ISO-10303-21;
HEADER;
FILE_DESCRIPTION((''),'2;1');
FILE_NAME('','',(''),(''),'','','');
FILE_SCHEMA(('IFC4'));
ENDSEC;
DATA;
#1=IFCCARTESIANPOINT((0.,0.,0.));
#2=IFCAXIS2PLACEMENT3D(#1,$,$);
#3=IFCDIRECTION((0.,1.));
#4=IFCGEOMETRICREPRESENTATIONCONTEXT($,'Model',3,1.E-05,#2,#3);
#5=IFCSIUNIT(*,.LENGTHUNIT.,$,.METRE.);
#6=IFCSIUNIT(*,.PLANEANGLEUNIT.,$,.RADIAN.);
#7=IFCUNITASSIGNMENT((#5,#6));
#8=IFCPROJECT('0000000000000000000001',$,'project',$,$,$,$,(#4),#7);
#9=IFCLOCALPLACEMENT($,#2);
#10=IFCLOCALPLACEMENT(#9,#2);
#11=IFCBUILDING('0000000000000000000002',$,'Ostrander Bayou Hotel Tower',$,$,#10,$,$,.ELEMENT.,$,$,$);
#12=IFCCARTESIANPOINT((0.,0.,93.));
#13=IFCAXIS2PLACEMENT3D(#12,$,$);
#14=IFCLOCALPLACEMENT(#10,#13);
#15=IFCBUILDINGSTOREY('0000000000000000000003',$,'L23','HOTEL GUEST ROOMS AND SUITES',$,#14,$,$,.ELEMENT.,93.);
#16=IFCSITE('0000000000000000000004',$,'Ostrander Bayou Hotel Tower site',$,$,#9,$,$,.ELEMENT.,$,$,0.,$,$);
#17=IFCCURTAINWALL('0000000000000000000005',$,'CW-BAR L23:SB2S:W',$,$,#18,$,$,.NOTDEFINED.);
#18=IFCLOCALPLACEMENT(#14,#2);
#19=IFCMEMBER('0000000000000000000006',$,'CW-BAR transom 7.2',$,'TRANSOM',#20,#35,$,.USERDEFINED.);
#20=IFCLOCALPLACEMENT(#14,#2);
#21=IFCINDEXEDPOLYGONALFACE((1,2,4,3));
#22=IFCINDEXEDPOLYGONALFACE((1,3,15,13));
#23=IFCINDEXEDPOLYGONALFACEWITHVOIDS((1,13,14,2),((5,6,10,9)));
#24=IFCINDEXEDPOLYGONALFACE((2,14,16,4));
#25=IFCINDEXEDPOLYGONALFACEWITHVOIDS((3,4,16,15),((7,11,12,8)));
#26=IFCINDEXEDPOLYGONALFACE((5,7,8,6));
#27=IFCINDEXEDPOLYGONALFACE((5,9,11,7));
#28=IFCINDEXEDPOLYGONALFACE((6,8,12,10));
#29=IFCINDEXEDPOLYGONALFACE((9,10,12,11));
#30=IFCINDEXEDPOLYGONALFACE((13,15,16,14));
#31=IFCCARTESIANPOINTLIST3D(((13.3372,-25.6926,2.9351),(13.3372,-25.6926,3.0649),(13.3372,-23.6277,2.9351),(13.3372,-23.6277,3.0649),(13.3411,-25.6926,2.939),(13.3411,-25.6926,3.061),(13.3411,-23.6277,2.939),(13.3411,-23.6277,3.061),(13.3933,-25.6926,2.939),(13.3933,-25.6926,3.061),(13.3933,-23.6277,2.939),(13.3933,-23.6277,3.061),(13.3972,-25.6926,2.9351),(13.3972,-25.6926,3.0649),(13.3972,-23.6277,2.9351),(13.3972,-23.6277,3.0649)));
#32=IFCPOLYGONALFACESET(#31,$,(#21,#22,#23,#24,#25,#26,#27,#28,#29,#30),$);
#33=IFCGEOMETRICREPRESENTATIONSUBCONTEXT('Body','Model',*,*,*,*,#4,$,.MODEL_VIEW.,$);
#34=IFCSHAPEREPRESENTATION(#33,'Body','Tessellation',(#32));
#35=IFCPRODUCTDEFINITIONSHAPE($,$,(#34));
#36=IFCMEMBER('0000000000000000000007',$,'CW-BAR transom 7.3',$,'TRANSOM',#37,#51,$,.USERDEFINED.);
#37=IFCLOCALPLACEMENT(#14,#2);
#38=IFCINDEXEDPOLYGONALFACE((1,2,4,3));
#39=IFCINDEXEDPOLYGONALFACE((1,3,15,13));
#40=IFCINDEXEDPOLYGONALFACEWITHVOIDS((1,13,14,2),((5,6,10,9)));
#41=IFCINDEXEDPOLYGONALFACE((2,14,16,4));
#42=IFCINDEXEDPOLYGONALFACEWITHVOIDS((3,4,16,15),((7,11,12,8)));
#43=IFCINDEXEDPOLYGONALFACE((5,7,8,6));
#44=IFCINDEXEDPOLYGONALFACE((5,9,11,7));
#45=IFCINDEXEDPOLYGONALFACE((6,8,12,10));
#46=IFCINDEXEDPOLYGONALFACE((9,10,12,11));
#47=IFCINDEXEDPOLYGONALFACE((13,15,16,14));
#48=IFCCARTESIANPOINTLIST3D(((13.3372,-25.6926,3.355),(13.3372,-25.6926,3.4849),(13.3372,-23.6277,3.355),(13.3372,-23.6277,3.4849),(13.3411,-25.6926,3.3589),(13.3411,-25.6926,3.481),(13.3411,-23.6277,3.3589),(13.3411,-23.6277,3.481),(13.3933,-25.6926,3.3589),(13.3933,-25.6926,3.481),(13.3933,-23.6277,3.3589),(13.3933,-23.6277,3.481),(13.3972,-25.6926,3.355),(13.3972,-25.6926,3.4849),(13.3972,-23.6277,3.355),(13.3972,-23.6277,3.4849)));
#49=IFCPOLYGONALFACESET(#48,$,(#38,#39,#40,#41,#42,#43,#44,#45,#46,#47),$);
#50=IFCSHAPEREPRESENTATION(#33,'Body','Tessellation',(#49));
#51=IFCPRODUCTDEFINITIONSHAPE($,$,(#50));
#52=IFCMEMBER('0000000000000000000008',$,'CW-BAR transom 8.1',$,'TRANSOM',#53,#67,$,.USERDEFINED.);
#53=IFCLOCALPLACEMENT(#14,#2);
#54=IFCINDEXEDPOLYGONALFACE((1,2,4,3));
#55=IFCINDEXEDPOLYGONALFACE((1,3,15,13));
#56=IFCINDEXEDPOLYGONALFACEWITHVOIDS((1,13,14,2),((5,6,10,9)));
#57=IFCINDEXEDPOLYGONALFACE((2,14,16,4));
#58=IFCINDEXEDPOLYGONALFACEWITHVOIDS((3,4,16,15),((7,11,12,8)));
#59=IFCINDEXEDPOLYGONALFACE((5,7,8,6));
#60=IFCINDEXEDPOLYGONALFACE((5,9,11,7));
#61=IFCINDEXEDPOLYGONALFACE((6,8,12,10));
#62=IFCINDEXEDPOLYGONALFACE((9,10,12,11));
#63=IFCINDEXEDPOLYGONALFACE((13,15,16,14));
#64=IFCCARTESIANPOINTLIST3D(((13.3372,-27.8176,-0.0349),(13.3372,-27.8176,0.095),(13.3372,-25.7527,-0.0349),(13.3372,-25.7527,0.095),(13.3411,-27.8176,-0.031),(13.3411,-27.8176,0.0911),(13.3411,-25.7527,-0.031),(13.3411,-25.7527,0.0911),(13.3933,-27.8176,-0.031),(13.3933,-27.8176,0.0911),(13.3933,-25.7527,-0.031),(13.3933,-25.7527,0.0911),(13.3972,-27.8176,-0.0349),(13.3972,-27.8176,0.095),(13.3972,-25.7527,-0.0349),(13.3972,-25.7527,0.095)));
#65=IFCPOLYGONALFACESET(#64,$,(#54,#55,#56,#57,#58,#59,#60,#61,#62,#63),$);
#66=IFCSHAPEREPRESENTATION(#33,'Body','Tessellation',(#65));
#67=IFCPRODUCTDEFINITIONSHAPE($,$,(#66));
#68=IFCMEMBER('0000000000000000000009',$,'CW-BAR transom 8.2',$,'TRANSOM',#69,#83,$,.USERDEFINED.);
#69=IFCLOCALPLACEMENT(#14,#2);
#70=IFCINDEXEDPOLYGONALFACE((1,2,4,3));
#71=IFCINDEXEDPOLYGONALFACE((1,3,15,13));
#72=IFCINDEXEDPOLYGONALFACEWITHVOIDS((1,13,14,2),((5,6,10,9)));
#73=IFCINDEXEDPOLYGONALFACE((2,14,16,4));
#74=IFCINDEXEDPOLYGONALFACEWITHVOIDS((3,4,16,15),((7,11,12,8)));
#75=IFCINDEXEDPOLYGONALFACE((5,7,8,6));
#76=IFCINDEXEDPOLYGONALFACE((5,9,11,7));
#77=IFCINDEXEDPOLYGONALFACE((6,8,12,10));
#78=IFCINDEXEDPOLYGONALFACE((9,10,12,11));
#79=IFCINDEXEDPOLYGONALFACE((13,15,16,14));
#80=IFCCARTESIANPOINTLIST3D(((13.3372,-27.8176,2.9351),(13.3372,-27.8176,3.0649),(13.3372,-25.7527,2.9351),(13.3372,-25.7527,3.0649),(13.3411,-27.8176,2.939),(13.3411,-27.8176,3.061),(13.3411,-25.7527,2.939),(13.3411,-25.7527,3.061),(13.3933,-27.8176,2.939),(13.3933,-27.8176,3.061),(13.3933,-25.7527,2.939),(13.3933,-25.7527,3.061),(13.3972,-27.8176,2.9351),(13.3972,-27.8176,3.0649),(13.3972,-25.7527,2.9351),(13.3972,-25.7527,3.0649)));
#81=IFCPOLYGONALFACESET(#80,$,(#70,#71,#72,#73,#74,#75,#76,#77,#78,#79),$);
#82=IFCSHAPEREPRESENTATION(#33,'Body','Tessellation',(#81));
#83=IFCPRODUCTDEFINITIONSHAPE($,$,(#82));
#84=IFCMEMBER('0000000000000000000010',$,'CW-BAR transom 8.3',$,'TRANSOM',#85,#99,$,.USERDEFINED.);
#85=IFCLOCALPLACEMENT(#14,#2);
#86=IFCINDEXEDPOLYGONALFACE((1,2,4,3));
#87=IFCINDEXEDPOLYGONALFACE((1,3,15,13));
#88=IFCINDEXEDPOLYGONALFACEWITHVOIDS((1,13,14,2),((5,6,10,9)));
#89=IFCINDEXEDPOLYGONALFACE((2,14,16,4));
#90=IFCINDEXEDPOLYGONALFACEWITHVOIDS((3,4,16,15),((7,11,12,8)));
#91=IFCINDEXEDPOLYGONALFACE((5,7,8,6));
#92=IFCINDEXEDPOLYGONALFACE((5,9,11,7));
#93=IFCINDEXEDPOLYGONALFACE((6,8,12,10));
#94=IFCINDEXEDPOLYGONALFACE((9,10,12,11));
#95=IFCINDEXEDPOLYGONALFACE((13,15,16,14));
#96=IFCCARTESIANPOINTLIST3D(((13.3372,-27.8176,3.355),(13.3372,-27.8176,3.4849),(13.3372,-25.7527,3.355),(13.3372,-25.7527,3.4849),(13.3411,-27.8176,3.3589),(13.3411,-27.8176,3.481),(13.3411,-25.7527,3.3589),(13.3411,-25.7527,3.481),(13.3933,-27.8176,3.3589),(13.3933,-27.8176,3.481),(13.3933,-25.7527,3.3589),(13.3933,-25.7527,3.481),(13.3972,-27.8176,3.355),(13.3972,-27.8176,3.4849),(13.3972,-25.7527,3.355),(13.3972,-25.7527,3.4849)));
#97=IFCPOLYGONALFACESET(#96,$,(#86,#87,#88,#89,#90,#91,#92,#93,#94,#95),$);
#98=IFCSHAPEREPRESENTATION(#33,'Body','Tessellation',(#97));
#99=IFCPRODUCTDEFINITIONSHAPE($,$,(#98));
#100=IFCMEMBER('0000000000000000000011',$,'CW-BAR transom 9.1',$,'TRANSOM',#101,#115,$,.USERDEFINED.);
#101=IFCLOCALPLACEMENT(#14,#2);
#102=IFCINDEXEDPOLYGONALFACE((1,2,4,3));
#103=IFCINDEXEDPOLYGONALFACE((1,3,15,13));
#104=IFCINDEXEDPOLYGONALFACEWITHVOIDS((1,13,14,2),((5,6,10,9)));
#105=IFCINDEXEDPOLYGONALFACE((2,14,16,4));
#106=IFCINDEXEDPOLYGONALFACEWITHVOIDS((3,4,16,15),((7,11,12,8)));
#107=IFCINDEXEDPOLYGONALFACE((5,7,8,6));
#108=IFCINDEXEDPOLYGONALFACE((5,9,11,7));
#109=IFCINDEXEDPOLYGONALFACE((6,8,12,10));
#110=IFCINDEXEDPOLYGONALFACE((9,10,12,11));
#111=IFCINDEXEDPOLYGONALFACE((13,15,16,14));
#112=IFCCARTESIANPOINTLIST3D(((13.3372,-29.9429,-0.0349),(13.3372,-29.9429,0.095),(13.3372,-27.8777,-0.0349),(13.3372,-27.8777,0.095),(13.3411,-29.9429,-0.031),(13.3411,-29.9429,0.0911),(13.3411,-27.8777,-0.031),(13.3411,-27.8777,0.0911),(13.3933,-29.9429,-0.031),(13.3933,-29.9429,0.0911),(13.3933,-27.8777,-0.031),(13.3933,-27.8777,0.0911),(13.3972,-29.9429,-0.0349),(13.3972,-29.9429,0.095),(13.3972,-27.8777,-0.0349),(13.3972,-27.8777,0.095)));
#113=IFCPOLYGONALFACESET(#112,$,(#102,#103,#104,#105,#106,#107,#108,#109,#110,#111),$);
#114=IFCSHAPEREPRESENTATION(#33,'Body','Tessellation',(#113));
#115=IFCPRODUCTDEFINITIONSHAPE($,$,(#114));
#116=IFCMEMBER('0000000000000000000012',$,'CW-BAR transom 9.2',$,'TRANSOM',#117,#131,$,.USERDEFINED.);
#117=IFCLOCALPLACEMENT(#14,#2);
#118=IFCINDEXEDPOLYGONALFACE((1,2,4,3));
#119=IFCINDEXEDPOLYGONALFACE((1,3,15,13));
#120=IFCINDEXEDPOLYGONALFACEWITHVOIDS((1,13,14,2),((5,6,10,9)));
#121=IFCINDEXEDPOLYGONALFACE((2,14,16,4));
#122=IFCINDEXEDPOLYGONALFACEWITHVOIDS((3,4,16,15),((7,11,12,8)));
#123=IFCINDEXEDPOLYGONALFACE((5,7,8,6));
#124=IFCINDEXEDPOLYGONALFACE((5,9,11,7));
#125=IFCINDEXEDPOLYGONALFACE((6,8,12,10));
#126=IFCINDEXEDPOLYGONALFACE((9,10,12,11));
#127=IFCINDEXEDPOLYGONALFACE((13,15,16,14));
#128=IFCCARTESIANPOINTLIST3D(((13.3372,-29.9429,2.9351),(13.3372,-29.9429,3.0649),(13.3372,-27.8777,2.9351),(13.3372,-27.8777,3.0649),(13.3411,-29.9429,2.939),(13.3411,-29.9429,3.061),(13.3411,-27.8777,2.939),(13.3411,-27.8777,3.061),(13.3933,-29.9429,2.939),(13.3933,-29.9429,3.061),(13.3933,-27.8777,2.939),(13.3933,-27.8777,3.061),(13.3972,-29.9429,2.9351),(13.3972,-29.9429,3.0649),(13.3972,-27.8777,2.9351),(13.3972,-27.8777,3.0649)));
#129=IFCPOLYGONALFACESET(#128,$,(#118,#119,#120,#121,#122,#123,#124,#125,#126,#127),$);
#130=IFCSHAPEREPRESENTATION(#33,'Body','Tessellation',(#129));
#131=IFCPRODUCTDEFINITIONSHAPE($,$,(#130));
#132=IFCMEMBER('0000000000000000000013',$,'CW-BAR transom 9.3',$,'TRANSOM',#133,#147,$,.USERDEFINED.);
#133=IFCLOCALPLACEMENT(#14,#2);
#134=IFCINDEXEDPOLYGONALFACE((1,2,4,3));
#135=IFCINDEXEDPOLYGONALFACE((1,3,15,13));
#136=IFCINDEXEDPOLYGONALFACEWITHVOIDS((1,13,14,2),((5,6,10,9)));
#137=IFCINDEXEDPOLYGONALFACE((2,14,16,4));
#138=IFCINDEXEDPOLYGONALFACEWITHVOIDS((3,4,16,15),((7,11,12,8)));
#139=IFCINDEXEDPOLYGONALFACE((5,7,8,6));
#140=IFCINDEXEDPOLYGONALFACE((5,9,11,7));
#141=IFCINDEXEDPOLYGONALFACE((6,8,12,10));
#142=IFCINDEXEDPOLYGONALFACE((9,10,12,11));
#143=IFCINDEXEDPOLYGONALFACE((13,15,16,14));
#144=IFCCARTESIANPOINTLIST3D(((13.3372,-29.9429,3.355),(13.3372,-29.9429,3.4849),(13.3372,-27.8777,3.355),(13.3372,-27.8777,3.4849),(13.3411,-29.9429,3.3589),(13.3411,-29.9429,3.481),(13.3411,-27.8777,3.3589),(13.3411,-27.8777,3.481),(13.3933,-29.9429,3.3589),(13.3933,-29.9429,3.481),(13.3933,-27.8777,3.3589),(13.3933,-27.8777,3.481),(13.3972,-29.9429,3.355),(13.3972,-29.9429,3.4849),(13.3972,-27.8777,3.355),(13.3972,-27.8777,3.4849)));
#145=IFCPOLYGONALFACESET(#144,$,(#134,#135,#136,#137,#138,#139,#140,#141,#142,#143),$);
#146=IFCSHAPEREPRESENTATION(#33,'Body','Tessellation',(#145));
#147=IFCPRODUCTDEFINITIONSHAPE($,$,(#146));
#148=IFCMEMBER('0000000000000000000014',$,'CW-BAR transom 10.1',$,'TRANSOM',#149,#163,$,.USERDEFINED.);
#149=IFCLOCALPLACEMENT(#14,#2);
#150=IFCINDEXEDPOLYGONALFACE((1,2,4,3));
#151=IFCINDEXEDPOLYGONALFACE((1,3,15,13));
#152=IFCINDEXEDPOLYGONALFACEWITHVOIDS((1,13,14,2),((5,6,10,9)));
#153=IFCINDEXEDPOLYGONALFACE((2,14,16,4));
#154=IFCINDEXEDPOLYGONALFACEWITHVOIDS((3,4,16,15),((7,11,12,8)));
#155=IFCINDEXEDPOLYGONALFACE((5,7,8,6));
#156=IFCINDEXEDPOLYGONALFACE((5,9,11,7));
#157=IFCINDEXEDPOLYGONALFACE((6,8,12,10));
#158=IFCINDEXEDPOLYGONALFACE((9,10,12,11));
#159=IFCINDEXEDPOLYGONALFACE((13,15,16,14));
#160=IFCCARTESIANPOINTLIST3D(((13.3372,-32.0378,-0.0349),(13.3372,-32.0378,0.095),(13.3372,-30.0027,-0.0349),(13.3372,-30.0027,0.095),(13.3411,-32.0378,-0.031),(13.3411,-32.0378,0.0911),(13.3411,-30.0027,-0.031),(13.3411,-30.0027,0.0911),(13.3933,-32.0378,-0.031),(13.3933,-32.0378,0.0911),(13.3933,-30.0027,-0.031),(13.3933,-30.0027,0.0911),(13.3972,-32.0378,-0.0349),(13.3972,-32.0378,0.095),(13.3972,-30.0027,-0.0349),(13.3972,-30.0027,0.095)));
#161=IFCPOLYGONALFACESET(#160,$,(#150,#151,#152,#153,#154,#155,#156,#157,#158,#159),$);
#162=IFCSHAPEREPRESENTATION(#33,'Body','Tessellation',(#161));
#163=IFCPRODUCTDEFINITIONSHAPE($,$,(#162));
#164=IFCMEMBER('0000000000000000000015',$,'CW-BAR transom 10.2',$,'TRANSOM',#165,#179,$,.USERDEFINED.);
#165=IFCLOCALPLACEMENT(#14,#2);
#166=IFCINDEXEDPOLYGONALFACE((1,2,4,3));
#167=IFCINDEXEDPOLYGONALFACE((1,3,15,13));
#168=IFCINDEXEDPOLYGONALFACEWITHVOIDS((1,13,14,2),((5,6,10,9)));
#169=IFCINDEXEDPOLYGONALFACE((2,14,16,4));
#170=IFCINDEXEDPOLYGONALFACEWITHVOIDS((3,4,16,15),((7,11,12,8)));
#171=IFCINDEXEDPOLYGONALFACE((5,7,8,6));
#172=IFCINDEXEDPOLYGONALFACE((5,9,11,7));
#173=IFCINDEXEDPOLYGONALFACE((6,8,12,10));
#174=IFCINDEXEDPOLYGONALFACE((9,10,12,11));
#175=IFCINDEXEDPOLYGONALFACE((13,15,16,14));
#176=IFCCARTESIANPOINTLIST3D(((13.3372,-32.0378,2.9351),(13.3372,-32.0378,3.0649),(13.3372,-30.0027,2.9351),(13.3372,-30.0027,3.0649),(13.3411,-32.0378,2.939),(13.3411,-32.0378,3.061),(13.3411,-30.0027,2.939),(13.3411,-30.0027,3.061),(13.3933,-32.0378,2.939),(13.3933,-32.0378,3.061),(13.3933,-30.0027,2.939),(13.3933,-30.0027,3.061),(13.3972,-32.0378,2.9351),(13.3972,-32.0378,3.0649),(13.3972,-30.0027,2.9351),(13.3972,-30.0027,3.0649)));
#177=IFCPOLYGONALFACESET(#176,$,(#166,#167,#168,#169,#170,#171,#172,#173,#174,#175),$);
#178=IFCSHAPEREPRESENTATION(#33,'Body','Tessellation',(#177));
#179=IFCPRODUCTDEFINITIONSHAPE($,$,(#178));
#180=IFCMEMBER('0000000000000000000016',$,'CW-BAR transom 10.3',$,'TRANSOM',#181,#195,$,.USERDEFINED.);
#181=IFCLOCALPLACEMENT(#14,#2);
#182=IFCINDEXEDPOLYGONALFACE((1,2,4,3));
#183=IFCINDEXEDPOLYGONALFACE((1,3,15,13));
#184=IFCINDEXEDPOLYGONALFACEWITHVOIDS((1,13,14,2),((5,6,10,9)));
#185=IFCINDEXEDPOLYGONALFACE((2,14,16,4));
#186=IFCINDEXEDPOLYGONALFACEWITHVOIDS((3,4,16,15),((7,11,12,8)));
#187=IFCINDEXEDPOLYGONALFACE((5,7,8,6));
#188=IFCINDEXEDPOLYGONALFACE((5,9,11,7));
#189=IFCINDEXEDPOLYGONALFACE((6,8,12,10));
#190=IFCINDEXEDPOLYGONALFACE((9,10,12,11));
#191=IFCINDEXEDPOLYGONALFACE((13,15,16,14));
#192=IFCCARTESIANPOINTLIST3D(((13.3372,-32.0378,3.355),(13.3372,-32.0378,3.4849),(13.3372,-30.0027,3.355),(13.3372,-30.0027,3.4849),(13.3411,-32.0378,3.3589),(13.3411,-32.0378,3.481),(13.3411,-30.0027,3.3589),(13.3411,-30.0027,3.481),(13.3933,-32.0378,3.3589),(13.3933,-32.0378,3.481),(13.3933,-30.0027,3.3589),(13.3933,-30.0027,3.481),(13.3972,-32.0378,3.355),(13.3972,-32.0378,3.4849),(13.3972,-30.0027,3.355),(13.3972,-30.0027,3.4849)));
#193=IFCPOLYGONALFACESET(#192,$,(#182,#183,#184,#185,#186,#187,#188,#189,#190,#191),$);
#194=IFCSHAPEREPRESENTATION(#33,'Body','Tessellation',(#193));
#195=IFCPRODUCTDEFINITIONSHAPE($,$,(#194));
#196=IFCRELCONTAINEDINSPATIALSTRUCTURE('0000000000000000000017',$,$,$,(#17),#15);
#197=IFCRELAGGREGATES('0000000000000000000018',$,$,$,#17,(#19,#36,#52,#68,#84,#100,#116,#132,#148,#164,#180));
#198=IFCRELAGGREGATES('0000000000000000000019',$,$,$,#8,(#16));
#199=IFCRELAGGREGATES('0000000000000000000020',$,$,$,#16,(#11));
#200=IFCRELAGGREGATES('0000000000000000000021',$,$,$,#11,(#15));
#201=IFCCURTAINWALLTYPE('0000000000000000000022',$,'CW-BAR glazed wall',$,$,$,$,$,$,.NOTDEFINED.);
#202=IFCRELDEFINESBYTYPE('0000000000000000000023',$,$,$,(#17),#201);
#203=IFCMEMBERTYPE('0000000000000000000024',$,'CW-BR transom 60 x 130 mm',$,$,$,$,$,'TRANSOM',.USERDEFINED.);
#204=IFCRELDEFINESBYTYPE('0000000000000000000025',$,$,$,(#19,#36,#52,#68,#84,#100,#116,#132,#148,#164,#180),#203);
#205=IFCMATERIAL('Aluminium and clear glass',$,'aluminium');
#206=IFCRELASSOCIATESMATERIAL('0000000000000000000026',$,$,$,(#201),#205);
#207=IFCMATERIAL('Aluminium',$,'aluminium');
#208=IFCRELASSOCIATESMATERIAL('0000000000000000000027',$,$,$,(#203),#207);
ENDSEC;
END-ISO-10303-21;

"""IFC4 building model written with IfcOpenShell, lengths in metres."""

from ifc_helpers import new_model, si_unit, direction, frame, origin, origin_2d, place, context, subcontext, project, spatial, hollow_rectangle, extrude, material, material_profile, profile_set, type_object, element, aggregate, save


model = new_model("IFC4")

# Units and contexts
model_context = context("Model", 3, precision=1e-05, world=origin(), true_north=direction((0.0, 1.0)))
body_context = subcontext(model_context, "Body", "Model", "MODEL_VIEW")
ifc_project = project(units=[si_unit("LENGTHUNIT", "METRE"), si_unit("PLANEANGLEUNIT", "RADIAN")], contexts=[model_context])

# Site, building, storey
site_placement = place(None, origin())
site = spatial("IfcSite", under=ifc_project, at=site_placement, Name="Ostrander Bayou Hotel Tower site", CompositionType="ELEMENT", RefElevation=0.0)
building_placement = place(site_placement, origin())
building = spatial("IfcBuilding", under=site, at=building_placement, Name="Ostrander Bayou Hotel Tower", CompositionType="ELEMENT")
storey_placement = place(building_placement, frame((0.0, 0.0, 93.0)))
storey = spatial("IfcBuildingStorey", under=building, at=storey_placement, Name="L23", Description="HOTEL GUEST ROOMS AND SUITES", CompositionType="ELEMENT", Elevation=93.0)

# Shared definitions
ifc_material_1 = material(Name="Aluminium and clear glass", Category="aluminium")
curtain_wall_type = type_object("IfcCurtainWallType", Name="CW-BAR glazed wall", PredefinedType="NOTDEFINED", material=ifc_material_1)

# Curtain wall, members
curtain_wall_1_placement = place(storey_placement, origin())
curtain_wall_1 = element("IfcCurtainWall", 1, at=curtain_wall_1_placement, inside=storey, type_object=curtain_wall_type, Name="CW-BAR L23:SB2S:W", PredefinedType="NOTDEFINED")
ifc_material_2 = material(Name="Aluminium", Category="aluminium")
ifc_material_profile_1 = material_profile(ifc_material_2, hollow_rectangle(XDim=0.0601, YDim=0.1299, WallThickness=0.0039, at=origin_2d()))
ifc_profile_set_1 = profile_set([ifc_material_profile_1], Name="Aluminium")
member_type_1 = type_object("IfcMemberType", Name="CW-BR transom 60 x 130 mm", ElementType="TRANSOM", PredefinedType="USERDEFINED", material=ifc_profile_set_1)
member_1_placement = place(storey_placement, frame((13.3672, -23.6277, 3.0), z_axis=(0.0, -1.0, 0.0), x_axis=(1.0, 0.0, 0.0)))
member_1 = element("IfcMember", 2, at=member_1_placement, type_object=member_type_1, Name="CW-BAR transom 7.2", ObjectType="TRANSOM", PredefinedType="USERDEFINED", context=body_context, shape_type="SweptSolid", body=[
    extrude(hollow_rectangle(XDim=0.0601, YDim=0.1299, WallThickness=0.0039, at=origin_2d()), origin(), (0.0, 0.0, 1.0), 2.0649),
])
member_2_placement = place(storey_placement, frame((13.3672, -23.6277, 3.4199), z_axis=(0.0, -1.0, 0.0), x_axis=(1.0, 0.0, 0.0)))
member_2 = element("IfcMember", 3, at=member_2_placement, type_object=member_type_1, Name="CW-BAR transom 7.3", ObjectType="TRANSOM", PredefinedType="USERDEFINED", context=body_context, shape_type="SweptSolid", body=[
    extrude(hollow_rectangle(XDim=0.0601, YDim=0.1299, WallThickness=0.0039, at=origin_2d()), origin(), (0.0, 0.0, 1.0), 2.0649),
])
member_3_placement = place(storey_placement, frame((13.3672, -25.7527, 0.03), z_axis=(0.0, -1.0, 0.0), x_axis=(1.0, 0.0, 0.0)))
member_3 = element("IfcMember", 4, at=member_3_placement, type_object=member_type_1, Name="CW-BAR transom 8.1", ObjectType="TRANSOM", PredefinedType="USERDEFINED", context=body_context, shape_type="SweptSolid", body=[
    extrude(hollow_rectangle(XDim=0.0601, YDim=0.1299, WallThickness=0.0039, at=origin_2d()), origin(), (0.0, 0.0, 1.0), 2.0649),
])
member_4_placement = place(storey_placement, frame((13.3672, -25.7527, 3.0), z_axis=(0.0, -1.0, 0.0), x_axis=(1.0, 0.0, 0.0)))
member_4 = element("IfcMember", 5, at=member_4_placement, type_object=member_type_1, Name="CW-BAR transom 8.2", ObjectType="TRANSOM", PredefinedType="USERDEFINED", context=body_context, shape_type="SweptSolid", body=[
    extrude(hollow_rectangle(XDim=0.0601, YDim=0.1299, WallThickness=0.0039, at=origin_2d()), origin(), (0.0, 0.0, 1.0), 2.0649),
])
member_5_placement = place(storey_placement, frame((13.3672, -25.7527, 3.4199), z_axis=(0.0, -1.0, 0.0), x_axis=(1.0, 0.0, 0.0)))
member_5 = element("IfcMember", 6, at=member_5_placement, type_object=member_type_1, Name="CW-BAR transom 8.3", ObjectType="TRANSOM", PredefinedType="USERDEFINED", context=body_context, shape_type="SweptSolid", body=[
    extrude(hollow_rectangle(XDim=0.0601, YDim=0.1299, WallThickness=0.0039, at=origin_2d()), origin(), (0.0, 0.0, 1.0), 2.0649),
])
member_6_placement = place(storey_placement, frame((13.3672, -27.8777, 0.03), z_axis=(0.0, -1.0, 0.0), x_axis=(1.0, 0.0, 0.0)))
member_6 = element("IfcMember", 7, at=member_6_placement, type_object=member_type_1, Name="CW-BAR transom 9.1", ObjectType="TRANSOM", PredefinedType="USERDEFINED", context=body_context, shape_type="SweptSolid", body=[
    extrude(hollow_rectangle(XDim=0.0601, YDim=0.1299, WallThickness=0.0039, at=origin_2d()), origin(), (0.0, 0.0, 1.0), 2.0652),
])
member_7_placement = place(storey_placement, frame((13.3672, -27.8777, 3.0), z_axis=(0.0, -1.0, 0.0), x_axis=(1.0, 0.0, 0.0)))
member_7 = element("IfcMember", 8, at=member_7_placement, type_object=member_type_1, Name="CW-BAR transom 9.2", ObjectType="TRANSOM", PredefinedType="USERDEFINED", context=body_context, shape_type="SweptSolid", body=[
    extrude(hollow_rectangle(XDim=0.0601, YDim=0.1299, WallThickness=0.0039, at=origin_2d()), origin(), (0.0, 0.0, 1.0), 2.0652),
])
member_8_placement = place(storey_placement, frame((13.3672, -27.8777, 3.4199), z_axis=(0.0, -1.0, 0.0), x_axis=(1.0, 0.0, 0.0)))
member_8 = element("IfcMember", 9, at=member_8_placement, type_object=member_type_1, Name="CW-BAR transom 9.3", ObjectType="TRANSOM", PredefinedType="USERDEFINED", context=body_context, shape_type="SweptSolid", body=[
    extrude(hollow_rectangle(XDim=0.0601, YDim=0.1299, WallThickness=0.0039, at=origin_2d()), origin(), (0.0, 0.0, 1.0), 2.0652),
])
member_9_placement = place(storey_placement, frame((13.3672, -30.0027, 0.03), z_axis=(0.0, -1.0, 0.0), x_axis=(1.0, 0.0, 0.0)))
member_9 = element("IfcMember", 10, at=member_9_placement, type_object=member_type_1, Name="CW-BAR transom 10.1", ObjectType="TRANSOM", PredefinedType="USERDEFINED", context=body_context, shape_type="SweptSolid", body=[
    extrude(hollow_rectangle(XDim=0.0601, YDim=0.1299, WallThickness=0.0039, at=origin_2d()), origin(), (0.0, 0.0, 1.0), 2.0352),
])
member_10_placement = place(storey_placement, frame((13.3672, -30.0027, 3.0), z_axis=(0.0, -1.0, 0.0), x_axis=(1.0, 0.0, 0.0)))
member_10 = element("IfcMember", 11, at=member_10_placement, type_object=member_type_1, Name="CW-BAR transom 10.2", ObjectType="TRANSOM", PredefinedType="USERDEFINED", context=body_context, shape_type="SweptSolid", body=[
    extrude(hollow_rectangle(XDim=0.0601, YDim=0.1299, WallThickness=0.0039, at=origin_2d()), origin(), (0.0, 0.0, 1.0), 2.0352),
])
member_11_placement = place(storey_placement, frame((13.3672, -30.0027, 3.4199), z_axis=(0.0, -1.0, 0.0), x_axis=(1.0, 0.0, 0.0)))
member_11 = element("IfcMember", 12, at=member_11_placement, type_object=member_type_1, Name="CW-BAR transom 10.3", ObjectType="TRANSOM", PredefinedType="USERDEFINED", context=body_context, shape_type="SweptSolid", body=[
    extrude(hollow_rectangle(XDim=0.0601, YDim=0.1299, WallThickness=0.0039, at=origin_2d()), origin(), (0.0, 0.0, 1.0), 2.0352),
])

aggregate(curtain_wall_1, [member_1, member_2, member_3, member_4, member_5, member_6, member_7, member_8, member_9, member_10, member_11])

save(model, "model.ifc")
